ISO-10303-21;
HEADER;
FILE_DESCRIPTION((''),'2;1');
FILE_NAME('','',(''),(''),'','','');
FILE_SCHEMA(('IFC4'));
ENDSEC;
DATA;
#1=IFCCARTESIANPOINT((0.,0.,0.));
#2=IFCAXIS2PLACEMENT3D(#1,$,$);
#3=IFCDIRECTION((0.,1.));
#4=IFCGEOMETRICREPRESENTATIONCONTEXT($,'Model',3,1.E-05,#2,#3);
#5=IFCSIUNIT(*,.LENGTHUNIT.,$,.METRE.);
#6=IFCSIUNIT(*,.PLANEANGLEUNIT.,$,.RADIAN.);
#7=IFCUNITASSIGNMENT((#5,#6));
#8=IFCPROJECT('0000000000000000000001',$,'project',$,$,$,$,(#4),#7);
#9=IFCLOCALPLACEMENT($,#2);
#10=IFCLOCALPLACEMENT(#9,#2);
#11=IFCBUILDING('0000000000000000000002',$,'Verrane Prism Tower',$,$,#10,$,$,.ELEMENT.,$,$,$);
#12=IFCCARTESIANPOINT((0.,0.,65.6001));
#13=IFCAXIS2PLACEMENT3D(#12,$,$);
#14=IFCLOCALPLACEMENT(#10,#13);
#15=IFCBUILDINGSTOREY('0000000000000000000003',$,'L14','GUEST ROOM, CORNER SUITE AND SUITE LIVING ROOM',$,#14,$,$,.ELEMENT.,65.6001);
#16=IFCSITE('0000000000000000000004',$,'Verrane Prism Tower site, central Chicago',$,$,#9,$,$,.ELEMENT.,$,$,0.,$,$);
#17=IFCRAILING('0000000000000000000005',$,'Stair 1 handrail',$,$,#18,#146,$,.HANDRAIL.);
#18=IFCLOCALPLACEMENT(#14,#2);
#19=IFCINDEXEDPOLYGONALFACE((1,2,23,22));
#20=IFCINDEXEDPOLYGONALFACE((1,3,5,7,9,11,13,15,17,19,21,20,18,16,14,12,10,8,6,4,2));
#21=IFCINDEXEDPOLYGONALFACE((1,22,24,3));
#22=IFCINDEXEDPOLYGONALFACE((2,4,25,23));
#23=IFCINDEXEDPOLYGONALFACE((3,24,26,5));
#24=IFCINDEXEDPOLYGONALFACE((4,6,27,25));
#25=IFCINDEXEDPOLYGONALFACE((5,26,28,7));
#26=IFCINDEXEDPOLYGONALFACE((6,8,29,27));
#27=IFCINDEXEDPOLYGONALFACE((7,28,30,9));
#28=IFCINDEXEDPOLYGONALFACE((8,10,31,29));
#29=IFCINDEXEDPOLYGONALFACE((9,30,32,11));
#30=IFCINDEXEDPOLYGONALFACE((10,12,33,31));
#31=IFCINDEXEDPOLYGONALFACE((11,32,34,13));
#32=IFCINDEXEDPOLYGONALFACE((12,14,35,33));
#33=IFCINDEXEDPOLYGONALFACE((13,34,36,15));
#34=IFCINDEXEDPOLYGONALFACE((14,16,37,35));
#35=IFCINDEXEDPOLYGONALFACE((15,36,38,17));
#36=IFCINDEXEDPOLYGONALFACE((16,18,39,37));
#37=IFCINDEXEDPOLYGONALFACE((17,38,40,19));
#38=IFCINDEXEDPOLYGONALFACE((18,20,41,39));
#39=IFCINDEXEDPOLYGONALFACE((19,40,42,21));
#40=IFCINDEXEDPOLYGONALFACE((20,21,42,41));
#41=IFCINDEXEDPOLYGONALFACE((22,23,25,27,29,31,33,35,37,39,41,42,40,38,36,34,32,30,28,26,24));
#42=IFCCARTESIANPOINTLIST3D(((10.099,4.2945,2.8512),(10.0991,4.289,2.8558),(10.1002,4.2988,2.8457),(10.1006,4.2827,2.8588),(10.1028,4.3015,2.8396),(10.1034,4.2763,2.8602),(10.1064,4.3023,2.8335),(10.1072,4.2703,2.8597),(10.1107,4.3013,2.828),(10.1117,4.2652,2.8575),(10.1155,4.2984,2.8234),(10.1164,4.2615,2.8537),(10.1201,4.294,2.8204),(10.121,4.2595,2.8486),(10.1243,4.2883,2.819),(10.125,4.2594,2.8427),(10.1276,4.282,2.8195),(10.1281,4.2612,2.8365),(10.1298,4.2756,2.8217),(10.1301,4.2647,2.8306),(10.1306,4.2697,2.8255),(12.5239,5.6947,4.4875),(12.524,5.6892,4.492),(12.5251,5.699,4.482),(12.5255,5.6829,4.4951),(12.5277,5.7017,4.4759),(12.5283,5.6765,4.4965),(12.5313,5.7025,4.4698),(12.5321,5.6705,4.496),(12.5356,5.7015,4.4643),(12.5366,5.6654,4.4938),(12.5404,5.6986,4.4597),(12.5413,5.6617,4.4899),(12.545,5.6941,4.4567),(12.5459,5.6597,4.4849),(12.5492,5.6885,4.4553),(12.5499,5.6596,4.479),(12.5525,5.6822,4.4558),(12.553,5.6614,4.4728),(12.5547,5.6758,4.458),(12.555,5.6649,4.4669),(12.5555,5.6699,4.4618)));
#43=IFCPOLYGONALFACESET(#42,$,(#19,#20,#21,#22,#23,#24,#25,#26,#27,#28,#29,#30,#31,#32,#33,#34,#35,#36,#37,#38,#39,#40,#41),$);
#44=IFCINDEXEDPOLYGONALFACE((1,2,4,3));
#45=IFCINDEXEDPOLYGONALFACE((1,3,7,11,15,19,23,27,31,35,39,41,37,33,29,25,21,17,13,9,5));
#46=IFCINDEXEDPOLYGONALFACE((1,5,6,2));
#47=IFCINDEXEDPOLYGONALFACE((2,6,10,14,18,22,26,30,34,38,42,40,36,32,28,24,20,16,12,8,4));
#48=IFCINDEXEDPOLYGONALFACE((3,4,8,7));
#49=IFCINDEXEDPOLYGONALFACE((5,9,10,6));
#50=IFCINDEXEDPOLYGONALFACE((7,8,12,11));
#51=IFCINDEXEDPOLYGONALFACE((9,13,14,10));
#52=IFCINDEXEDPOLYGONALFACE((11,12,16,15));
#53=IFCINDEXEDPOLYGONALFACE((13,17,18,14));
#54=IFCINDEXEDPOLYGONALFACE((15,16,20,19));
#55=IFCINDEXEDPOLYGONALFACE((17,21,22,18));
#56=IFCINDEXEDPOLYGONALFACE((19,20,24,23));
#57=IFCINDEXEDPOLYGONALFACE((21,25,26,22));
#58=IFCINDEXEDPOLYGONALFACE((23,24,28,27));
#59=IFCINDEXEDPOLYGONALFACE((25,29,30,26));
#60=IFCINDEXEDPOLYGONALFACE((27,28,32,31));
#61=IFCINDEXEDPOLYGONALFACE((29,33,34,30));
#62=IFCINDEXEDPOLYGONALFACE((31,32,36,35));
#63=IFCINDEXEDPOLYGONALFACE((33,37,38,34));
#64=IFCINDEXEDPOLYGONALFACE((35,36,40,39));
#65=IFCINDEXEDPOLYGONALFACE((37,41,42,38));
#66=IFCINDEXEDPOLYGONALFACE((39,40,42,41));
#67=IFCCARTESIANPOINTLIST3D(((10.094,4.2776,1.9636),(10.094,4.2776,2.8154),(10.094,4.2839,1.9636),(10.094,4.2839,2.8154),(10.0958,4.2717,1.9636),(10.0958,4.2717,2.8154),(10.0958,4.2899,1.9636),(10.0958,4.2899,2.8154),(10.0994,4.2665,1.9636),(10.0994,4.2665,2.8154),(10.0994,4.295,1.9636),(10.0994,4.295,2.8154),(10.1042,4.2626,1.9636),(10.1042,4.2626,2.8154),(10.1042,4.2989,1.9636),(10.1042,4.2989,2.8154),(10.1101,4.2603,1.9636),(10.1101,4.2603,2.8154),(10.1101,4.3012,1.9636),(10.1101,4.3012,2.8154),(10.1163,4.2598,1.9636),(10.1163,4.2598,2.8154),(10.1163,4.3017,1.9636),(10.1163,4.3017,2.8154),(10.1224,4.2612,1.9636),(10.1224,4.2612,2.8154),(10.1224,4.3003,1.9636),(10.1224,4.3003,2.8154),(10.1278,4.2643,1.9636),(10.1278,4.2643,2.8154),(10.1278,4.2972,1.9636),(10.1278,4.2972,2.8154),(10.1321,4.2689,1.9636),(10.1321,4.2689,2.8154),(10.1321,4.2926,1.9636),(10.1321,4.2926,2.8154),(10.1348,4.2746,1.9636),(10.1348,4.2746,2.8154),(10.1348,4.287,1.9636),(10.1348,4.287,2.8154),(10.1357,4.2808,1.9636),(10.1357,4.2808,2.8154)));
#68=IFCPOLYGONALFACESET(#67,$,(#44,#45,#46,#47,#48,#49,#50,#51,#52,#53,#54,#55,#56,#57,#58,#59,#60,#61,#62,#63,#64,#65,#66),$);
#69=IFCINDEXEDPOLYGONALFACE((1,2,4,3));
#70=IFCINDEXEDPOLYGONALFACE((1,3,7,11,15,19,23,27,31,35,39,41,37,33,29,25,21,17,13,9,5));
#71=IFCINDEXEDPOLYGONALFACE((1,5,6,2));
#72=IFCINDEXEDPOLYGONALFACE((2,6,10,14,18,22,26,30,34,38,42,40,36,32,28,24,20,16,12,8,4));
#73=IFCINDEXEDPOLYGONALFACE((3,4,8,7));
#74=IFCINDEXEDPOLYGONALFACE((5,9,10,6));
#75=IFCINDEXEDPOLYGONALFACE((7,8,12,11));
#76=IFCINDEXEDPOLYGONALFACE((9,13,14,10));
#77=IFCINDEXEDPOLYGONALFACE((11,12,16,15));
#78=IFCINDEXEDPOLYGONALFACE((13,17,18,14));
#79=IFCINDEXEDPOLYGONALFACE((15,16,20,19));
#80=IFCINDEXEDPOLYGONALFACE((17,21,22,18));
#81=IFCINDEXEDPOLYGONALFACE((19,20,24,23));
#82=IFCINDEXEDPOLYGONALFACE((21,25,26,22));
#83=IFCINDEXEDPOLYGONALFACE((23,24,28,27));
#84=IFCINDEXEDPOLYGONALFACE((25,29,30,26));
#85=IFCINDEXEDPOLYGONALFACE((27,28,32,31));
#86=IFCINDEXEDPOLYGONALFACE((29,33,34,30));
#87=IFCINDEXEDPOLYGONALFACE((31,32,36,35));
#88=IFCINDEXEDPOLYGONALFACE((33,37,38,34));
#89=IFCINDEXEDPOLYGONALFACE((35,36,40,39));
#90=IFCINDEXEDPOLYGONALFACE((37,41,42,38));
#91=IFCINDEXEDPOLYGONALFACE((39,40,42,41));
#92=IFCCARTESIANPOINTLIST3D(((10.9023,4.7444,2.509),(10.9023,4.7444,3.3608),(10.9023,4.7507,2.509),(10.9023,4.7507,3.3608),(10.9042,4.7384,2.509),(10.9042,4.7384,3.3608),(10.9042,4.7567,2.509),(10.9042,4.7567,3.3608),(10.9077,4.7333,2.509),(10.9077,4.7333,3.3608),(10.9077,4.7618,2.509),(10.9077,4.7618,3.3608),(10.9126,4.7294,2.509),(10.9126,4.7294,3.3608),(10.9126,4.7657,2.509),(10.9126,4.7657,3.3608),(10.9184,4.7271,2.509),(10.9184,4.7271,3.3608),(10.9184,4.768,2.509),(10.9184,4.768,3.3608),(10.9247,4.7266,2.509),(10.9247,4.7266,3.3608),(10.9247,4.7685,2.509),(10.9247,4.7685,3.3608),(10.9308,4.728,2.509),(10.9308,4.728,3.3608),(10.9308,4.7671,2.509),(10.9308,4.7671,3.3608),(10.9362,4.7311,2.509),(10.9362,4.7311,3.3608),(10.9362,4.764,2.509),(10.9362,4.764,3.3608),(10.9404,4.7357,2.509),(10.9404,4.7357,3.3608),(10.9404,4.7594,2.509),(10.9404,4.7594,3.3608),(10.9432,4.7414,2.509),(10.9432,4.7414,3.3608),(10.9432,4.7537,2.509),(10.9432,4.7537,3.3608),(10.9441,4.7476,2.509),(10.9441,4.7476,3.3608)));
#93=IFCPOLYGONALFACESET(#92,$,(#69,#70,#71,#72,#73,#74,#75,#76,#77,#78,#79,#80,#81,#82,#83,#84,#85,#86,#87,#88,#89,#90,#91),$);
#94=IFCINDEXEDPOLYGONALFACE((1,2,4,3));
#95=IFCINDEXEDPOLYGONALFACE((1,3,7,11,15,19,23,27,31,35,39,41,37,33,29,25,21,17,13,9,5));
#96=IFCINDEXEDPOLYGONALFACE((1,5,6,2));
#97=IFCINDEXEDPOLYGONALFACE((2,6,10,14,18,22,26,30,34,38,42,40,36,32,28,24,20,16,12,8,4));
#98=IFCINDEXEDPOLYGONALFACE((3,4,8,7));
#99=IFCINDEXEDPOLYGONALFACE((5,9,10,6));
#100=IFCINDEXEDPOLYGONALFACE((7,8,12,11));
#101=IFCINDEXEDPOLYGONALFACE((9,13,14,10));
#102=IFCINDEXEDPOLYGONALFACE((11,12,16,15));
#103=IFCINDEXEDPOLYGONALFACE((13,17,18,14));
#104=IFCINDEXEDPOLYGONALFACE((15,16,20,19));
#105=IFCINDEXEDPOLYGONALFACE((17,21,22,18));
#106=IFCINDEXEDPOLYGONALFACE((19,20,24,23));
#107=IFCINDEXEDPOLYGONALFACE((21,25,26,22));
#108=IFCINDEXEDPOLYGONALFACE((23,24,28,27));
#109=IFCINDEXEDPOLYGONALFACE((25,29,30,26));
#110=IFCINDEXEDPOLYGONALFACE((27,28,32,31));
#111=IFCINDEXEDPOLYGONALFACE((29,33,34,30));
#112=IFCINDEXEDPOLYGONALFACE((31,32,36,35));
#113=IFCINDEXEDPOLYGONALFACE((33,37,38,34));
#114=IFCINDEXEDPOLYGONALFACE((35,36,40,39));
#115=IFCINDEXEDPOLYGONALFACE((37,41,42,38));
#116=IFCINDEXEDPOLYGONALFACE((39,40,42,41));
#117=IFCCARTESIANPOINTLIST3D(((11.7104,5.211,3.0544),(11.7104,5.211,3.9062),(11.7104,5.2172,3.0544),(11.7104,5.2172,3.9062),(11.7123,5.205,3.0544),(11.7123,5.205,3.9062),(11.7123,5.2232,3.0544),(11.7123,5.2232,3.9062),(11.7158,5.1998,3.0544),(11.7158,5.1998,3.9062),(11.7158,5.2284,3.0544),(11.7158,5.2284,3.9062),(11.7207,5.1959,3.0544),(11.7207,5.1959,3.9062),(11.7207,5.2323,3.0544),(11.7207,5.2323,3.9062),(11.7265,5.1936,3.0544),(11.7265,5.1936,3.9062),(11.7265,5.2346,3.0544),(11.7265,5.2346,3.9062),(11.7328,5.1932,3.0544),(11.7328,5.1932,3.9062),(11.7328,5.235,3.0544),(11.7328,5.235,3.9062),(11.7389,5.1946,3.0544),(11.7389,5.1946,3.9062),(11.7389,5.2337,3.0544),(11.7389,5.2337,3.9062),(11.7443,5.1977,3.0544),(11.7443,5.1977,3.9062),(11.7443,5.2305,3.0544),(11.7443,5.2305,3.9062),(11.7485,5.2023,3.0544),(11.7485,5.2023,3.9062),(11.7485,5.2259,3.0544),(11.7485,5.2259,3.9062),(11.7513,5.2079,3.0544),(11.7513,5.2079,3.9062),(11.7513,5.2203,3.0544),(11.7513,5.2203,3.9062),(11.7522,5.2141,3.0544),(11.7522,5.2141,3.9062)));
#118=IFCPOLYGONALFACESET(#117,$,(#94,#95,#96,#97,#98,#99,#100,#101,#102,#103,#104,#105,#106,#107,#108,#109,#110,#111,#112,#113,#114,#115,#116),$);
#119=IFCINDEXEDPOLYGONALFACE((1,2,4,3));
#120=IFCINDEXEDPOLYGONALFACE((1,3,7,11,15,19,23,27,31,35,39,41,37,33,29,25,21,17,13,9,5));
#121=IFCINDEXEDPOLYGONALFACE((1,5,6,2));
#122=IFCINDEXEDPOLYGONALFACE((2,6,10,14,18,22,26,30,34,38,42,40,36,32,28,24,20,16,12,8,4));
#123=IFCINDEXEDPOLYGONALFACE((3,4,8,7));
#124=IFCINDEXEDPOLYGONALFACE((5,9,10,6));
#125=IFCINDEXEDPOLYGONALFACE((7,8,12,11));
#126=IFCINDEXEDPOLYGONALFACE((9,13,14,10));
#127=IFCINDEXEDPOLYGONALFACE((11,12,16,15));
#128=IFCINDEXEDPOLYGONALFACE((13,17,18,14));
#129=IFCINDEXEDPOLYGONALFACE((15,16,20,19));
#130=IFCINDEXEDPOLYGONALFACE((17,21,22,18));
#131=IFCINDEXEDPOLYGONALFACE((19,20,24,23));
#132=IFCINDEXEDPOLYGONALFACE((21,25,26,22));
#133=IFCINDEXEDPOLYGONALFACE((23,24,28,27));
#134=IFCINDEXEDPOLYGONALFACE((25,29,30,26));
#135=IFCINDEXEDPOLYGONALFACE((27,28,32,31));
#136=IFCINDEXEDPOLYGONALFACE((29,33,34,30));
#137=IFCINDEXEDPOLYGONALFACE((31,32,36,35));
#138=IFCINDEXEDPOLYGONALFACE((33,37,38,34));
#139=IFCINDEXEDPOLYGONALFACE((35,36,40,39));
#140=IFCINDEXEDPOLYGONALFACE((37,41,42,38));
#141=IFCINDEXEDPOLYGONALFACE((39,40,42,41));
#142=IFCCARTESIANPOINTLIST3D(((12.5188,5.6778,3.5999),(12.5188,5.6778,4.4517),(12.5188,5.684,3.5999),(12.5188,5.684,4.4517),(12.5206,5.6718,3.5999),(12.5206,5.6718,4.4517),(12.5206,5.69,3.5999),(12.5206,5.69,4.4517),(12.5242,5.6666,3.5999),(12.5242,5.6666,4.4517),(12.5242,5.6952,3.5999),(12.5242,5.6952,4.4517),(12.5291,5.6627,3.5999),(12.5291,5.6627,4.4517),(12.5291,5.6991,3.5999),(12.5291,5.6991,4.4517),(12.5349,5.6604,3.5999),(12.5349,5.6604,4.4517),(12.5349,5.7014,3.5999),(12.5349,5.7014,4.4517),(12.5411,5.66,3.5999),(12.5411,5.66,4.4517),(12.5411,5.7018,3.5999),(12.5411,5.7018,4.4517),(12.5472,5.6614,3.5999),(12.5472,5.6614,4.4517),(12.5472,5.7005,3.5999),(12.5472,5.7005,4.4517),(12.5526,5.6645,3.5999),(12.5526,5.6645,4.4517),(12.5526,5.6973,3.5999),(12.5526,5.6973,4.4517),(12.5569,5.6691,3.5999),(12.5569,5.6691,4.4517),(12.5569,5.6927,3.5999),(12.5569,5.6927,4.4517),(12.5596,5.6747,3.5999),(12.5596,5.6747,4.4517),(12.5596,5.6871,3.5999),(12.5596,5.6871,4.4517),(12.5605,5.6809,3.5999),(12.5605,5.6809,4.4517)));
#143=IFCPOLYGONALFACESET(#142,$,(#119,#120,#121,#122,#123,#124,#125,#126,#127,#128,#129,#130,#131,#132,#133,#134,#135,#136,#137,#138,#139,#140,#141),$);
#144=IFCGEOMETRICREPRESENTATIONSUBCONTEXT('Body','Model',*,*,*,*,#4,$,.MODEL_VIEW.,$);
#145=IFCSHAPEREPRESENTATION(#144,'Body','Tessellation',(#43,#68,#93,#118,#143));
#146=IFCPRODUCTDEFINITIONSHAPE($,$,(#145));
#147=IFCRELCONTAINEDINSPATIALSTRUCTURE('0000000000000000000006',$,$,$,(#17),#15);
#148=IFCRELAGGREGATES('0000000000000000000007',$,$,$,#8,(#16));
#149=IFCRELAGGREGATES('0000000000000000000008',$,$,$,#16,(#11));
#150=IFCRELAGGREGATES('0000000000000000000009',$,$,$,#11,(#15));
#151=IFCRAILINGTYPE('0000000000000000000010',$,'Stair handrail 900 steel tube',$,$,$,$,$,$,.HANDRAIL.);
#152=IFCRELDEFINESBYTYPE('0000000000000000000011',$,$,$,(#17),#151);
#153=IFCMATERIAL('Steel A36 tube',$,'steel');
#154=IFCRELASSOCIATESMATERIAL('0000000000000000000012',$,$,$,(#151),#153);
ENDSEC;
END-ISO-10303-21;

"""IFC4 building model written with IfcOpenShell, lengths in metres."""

from ifc_helpers import new_model, si_unit, direction, frame, origin, origin_2d, place, context, subcontext, project, spatial, circle, extrude, material, type_object, element, save


model = new_model("IFC4")

# Units and contexts
model_context = context("Model", 3, precision=1e-05, world=origin(), true_north=direction((0.0, 1.0)))
body_context = subcontext(model_context, "Body", "Model", "MODEL_VIEW")
ifc_project = project(units=[si_unit("LENGTHUNIT", "METRE"), si_unit("PLANEANGLEUNIT", "RADIAN")], contexts=[model_context])

# Site, building, storey
site_placement = place(None, origin())
site = spatial("IfcSite", under=ifc_project, at=site_placement, Name="Verrane Prism Tower site, central Chicago", CompositionType="ELEMENT", RefElevation=0.0)
building_placement = place(site_placement, origin())
building = spatial("IfcBuilding", under=site, at=building_placement, Name="Verrane Prism Tower", CompositionType="ELEMENT")
storey_placement = place(building_placement, frame((0.0, 0.0, 65.6001)))
storey = spatial("IfcBuildingStorey", under=building, at=storey_placement, Name="L14", Description="GUEST ROOM, CORNER SUITE AND SUITE LIVING ROOM", CompositionType="ELEMENT", Elevation=65.6001)

# Railing
ifc_material_1 = material(Name="Steel A36 tube", Category="steel")
railing_type_1 = type_object("IfcRailingType", Name="Stair handrail 900 steel tube", PredefinedType="HANDRAIL", material=ifc_material_1)
railing_1_placement = place(storey_placement, frame((10.1147, 4.2808, 1.9636)))
element("IfcRailing", 1, at=railing_1_placement, inside=storey, type_object=railing_type_1, Name="Stair 1 handrail", PredefinedType="HANDRAIL", context=body_context, shape_type="SweptSolid", body=[
    extrude(circle(Radius=0.0239, at=origin_2d()), frame((0.0, 0.0, 0.876), z_axis=(0.747694, 0.431738, 0.504535), x_axis=(-0.50005, 0.865997, 0.0)), (0.0, 0.0, 1.0), 3.2432),
    extrude(circle(Radius=0.021, at=origin_2d()), origin(), (0.0, 0.0, 1.0), 0.8518),
    extrude(circle(Radius=0.021, at=origin_2d()), frame((0.8083, 0.4668, 0.5454)), (0.0, 0.0, 1.0), 0.8518),
    extrude(circle(Radius=0.021, at=origin_2d()), frame((1.6165, 0.9333, 1.0908)), (0.0, 0.0, 1.0), 0.8518),
    extrude(circle(Radius=0.021, at=origin_2d()), frame((2.4248, 1.4001, 1.6362)), (0.0, 0.0, 1.0), 0.8518),
])

save(model, "model.ifc")
